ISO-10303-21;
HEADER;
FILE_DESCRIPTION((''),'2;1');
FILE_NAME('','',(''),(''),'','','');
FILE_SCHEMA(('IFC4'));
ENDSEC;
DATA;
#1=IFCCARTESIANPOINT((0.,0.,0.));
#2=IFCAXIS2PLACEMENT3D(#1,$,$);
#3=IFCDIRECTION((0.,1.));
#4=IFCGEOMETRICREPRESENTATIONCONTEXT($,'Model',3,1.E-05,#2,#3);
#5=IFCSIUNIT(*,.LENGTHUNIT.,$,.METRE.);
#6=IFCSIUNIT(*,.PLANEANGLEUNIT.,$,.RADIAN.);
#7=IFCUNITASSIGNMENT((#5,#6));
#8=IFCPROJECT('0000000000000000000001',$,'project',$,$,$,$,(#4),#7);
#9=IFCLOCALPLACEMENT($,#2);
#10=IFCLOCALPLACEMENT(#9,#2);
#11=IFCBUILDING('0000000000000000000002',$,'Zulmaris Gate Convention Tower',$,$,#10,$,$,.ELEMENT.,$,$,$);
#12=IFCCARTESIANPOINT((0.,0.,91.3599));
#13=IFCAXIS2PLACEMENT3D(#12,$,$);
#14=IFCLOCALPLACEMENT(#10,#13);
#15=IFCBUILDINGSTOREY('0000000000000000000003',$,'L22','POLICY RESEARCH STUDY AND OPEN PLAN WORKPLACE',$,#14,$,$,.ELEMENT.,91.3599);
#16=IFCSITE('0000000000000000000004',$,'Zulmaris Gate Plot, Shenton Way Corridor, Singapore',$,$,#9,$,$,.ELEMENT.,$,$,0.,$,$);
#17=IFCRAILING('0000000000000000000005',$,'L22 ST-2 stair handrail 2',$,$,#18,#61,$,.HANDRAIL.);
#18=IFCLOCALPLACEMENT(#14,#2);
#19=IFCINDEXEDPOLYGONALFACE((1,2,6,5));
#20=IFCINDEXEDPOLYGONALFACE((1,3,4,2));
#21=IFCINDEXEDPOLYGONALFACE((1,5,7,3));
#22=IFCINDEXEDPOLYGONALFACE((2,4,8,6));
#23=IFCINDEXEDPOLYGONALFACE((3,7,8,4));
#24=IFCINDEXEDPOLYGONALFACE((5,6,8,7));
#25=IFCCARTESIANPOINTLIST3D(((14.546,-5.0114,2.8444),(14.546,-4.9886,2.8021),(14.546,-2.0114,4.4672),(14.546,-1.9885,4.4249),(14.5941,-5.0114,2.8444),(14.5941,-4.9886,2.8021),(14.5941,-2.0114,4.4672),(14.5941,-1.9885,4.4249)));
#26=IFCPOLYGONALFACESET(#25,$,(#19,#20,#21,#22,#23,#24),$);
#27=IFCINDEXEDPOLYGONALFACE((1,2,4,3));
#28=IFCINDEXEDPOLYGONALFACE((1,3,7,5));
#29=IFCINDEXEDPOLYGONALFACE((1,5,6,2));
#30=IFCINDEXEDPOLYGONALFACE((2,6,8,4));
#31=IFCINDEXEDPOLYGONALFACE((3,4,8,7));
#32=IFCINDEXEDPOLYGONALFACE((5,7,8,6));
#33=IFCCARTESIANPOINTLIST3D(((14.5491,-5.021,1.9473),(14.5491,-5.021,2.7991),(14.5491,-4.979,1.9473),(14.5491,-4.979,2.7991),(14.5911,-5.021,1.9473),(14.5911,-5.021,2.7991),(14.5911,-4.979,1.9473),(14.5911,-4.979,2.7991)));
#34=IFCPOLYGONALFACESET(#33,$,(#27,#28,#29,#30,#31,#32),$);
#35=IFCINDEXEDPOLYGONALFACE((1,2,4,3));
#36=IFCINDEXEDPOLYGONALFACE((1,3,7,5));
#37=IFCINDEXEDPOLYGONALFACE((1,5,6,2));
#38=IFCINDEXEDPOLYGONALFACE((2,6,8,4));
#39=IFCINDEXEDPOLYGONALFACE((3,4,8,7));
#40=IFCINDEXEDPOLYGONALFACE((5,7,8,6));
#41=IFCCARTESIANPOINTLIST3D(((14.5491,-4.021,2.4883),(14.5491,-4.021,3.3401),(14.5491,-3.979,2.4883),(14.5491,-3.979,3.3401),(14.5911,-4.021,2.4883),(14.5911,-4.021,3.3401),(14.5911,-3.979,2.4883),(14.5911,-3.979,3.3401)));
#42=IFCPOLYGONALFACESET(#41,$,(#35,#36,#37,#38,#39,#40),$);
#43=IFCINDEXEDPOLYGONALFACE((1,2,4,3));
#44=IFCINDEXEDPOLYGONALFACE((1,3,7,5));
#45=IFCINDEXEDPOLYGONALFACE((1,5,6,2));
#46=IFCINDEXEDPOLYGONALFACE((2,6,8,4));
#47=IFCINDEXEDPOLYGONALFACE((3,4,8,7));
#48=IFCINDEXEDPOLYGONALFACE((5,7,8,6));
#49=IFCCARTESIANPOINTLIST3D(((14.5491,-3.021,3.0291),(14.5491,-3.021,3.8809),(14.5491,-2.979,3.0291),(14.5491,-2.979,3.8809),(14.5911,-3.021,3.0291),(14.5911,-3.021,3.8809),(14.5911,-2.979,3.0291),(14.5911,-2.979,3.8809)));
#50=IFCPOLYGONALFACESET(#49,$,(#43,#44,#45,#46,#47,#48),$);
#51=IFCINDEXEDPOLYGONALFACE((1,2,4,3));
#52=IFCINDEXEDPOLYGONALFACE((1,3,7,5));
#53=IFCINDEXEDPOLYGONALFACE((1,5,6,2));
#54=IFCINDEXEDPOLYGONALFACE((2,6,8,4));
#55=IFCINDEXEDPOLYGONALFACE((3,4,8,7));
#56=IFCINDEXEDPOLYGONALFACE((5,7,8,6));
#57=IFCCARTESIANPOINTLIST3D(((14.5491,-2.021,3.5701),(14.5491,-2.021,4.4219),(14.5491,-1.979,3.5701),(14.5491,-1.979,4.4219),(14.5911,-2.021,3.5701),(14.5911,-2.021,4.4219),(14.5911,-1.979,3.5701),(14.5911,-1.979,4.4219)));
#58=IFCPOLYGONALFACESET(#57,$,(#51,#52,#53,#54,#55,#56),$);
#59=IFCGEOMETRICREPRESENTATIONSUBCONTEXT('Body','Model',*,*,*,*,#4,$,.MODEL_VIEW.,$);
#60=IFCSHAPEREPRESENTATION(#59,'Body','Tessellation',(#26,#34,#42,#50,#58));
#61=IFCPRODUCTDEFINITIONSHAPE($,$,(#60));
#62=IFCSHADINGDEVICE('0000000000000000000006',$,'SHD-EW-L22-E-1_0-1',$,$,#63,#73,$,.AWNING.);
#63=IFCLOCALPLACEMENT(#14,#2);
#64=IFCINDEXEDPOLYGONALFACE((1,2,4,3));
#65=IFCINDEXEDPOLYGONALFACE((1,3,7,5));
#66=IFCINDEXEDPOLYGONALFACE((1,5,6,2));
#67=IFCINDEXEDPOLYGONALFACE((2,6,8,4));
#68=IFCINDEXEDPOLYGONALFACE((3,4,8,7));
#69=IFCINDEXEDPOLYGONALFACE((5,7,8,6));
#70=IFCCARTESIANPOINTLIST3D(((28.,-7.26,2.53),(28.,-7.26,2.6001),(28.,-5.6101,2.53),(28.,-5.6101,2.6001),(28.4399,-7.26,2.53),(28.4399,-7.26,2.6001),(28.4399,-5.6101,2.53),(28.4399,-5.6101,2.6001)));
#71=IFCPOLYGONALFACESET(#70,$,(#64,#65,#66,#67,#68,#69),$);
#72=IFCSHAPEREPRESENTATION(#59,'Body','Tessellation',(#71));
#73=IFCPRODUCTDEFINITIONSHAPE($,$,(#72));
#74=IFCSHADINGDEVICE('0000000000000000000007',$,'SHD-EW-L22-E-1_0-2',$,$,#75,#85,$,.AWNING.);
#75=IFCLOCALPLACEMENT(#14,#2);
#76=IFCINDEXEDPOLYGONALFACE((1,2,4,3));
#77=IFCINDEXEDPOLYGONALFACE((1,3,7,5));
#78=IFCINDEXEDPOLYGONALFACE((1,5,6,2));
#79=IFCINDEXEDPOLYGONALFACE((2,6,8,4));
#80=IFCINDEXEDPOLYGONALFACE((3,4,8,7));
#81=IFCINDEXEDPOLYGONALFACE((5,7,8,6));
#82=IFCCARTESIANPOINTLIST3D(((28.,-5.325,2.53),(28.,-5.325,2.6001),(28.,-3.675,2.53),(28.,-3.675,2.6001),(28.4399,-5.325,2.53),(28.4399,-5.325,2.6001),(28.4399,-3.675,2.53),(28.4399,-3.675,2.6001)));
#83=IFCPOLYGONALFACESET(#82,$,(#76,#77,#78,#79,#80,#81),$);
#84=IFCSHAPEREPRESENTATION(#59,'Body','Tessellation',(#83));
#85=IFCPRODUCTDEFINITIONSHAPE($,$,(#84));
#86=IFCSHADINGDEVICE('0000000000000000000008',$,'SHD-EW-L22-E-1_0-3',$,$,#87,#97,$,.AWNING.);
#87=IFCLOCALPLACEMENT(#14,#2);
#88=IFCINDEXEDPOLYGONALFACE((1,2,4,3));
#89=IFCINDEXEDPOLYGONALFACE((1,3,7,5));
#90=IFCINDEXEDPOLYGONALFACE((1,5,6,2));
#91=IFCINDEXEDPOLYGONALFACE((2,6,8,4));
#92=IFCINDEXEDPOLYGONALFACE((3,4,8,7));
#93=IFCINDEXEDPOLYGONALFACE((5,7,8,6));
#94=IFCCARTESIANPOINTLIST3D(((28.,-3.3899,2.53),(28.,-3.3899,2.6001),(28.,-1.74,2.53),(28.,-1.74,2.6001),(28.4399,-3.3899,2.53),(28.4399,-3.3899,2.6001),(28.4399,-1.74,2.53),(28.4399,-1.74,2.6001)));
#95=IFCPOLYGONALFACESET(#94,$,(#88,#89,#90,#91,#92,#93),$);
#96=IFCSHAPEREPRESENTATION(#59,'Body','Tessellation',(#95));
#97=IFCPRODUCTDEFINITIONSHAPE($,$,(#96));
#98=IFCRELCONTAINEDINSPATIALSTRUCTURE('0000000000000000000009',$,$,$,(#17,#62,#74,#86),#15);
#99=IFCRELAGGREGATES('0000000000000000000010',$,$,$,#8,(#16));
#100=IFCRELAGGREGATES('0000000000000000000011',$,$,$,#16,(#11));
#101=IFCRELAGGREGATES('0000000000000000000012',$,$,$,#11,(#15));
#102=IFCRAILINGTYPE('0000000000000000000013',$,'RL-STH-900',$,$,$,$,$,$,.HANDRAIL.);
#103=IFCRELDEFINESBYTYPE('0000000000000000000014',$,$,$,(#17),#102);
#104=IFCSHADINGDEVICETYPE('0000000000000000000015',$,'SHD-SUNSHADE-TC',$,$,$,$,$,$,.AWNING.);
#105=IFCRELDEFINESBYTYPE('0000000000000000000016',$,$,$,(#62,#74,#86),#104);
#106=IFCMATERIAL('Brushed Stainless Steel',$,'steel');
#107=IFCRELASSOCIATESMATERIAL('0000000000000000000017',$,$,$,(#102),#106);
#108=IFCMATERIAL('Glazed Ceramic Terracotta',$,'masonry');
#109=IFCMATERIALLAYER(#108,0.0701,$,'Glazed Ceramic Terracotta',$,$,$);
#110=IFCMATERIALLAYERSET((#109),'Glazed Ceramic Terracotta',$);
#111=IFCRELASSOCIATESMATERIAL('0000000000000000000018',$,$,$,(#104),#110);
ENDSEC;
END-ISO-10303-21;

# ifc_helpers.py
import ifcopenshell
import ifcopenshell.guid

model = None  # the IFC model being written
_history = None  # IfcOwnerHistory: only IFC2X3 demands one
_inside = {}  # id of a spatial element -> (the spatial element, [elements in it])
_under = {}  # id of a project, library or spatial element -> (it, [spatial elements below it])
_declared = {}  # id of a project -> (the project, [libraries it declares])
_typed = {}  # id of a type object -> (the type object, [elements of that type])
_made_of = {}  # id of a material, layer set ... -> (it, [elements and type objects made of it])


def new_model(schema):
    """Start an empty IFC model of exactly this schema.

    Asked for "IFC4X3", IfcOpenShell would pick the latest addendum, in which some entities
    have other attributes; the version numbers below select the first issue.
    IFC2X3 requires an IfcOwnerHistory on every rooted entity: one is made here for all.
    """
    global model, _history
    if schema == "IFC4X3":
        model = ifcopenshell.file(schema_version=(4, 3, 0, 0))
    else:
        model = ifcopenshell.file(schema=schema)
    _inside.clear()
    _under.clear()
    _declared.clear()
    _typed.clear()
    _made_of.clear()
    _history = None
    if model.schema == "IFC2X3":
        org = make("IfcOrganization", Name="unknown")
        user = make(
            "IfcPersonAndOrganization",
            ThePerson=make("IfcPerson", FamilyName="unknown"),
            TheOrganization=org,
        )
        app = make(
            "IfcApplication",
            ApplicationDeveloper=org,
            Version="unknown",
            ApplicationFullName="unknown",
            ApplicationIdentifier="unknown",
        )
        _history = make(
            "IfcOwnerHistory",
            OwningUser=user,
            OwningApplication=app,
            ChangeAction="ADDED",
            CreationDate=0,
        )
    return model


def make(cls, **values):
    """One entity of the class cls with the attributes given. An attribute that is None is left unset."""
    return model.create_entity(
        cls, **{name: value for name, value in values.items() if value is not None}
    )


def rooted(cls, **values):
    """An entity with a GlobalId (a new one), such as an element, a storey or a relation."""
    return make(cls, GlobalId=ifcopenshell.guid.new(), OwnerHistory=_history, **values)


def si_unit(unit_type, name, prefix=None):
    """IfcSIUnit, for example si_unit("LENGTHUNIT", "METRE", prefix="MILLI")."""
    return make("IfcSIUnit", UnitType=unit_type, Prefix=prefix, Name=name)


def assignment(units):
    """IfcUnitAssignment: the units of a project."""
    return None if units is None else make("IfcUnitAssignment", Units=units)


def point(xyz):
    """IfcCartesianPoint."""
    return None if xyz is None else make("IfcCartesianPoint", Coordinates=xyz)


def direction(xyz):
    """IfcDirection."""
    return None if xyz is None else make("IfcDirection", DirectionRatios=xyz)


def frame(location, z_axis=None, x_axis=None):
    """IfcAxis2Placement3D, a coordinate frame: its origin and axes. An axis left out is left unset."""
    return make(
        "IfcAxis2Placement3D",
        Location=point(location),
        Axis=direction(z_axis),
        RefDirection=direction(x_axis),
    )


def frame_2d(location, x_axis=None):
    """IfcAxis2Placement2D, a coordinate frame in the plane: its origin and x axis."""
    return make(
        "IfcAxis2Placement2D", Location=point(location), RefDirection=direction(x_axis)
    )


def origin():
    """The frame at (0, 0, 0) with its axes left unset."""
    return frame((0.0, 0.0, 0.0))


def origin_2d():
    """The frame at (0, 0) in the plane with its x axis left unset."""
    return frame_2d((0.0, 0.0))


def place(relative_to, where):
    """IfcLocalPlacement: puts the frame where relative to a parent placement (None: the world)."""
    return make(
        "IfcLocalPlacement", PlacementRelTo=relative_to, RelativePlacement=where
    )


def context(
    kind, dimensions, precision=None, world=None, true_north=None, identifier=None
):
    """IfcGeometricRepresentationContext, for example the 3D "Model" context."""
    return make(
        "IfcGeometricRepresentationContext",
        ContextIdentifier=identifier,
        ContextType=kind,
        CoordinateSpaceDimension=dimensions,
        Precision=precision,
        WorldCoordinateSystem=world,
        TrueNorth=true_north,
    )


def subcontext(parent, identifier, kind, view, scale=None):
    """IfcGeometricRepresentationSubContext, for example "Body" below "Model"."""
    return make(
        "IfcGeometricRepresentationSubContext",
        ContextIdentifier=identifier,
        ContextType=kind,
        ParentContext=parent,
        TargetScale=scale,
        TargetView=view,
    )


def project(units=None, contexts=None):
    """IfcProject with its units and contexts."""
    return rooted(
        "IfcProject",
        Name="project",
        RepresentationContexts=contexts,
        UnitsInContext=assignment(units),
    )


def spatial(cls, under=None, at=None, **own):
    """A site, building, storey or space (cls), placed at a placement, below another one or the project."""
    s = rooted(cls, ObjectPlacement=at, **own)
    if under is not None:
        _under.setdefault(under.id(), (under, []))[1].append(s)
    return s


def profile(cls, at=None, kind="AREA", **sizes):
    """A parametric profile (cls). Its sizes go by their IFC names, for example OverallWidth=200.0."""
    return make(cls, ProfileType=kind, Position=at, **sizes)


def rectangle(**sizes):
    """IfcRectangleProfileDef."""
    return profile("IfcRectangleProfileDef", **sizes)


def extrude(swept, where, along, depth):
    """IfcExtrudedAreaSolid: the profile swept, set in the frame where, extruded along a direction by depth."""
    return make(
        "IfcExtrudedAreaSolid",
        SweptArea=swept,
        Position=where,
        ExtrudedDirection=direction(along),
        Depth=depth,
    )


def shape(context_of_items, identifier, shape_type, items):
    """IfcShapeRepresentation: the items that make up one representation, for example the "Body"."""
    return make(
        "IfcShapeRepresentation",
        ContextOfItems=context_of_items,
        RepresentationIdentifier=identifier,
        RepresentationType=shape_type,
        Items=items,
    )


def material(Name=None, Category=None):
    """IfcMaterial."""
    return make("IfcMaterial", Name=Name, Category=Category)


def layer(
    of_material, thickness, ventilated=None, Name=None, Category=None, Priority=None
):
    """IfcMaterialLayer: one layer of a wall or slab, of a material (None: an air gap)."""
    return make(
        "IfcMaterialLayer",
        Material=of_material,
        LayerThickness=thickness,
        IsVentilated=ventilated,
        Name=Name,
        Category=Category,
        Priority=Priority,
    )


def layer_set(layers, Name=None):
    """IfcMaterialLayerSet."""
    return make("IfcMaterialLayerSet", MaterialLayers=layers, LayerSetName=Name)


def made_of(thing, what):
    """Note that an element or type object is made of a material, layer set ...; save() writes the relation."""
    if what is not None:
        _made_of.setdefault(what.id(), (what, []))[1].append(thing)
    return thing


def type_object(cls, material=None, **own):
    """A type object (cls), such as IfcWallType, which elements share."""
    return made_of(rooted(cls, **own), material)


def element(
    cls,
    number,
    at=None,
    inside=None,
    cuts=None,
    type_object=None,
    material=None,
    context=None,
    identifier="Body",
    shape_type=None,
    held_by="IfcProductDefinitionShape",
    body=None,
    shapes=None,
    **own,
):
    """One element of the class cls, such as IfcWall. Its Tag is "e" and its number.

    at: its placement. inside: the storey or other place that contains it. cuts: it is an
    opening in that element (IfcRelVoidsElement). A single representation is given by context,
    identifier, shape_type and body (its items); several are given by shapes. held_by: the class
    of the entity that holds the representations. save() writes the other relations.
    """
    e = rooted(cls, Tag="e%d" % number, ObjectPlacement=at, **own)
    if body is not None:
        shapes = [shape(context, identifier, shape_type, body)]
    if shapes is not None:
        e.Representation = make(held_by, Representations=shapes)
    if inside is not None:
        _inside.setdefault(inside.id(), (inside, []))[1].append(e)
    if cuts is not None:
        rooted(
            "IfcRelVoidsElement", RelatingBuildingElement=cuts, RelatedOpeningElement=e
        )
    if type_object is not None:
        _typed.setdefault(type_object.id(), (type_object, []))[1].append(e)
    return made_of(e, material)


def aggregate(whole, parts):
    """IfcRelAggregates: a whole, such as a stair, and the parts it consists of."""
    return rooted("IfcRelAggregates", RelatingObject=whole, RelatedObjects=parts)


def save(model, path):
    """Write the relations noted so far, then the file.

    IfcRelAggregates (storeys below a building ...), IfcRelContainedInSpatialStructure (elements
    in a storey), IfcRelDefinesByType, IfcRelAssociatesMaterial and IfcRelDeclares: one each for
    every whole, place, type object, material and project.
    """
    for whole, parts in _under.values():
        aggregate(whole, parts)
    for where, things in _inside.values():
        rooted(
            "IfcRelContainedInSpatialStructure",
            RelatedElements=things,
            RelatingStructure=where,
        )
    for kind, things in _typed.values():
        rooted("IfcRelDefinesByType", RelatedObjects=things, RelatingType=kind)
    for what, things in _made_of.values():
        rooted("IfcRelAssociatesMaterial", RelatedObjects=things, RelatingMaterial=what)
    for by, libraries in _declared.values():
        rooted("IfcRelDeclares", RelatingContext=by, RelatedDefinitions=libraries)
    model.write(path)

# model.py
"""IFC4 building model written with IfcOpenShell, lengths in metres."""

from ifc_helpers import new_model, si_unit, direction, frame, frame_2d, origin, origin_2d, place, context, subcontext, project, spatial, rectangle, extrude, material, layer, layer_set, type_object, element, save


model = new_model("IFC4")

# Units and contexts
model_context = context("Model", 3, precision=1e-05, world=origin(), true_north=direction((0.0, 1.0)))
body_context = subcontext(model_context, "Body", "Model", "MODEL_VIEW")
ifc_project = project(units=[si_unit("LENGTHUNIT", "METRE"), si_unit("PLANEANGLEUNIT", "RADIAN")], contexts=[model_context])

# Site, building, storey
site_placement = place(None, origin())
site = spatial("IfcSite", under=ifc_project, at=site_placement, Name="Zulmaris Gate Plot, Shenton Way Corridor, Singapore", CompositionType="ELEMENT", RefElevation=0.0)
building_placement = place(site_placement, origin())
building = spatial("IfcBuilding", under=site, at=building_placement, Name="Zulmaris Gate Convention Tower", CompositionType="ELEMENT")
storey_placement = place(building_placement, frame((0.0, 0.0, 91.3599)))
storey = spatial("IfcBuildingStorey", under=building, at=storey_placement, Name="L22", Description="POLICY RESEARCH STUDY AND OPEN PLAN WORKPLACE", CompositionType="ELEMENT", Elevation=91.3599)

# Shared definitions
ifc_material_1 = material(Name="Brushed Stainless Steel", Category="steel")

# Railing
railing_type_1 = type_object("IfcRailingType", Name="RL-STH-900", PredefinedType="HANDRAIL", material=ifc_material_1)
railing_1_placement = place(storey_placement, frame((14.5701, -5.0, 1.9473)))
element("IfcRailing", 1, at=railing_1_placement, inside=storey, type_object=railing_type_1, Name="L22 ST-2 stair handrail 2", PredefinedType="HANDRAIL", context=body_context, shape_type="SweptSolid", body=[
    extrude(rectangle(XDim=0.0481, YDim=0.0481, at=origin_2d()), frame((0.0, 0.0, 0.876), z_axis=(0.0, 0.879562, 0.475785), x_axis=(-1.0, 0.0, 0.0)), (0.0, 0.0, 1.0), 3.4109),
    extrude(rectangle(XDim=0.042, YDim=0.042, at=origin_2d()), origin(), (0.0, 0.0, 1.0), 0.8518),
    extrude(rectangle(XDim=0.042, YDim=0.042, at=origin_2d()), frame((0.0, 1.0, 0.541)), (0.0, 0.0, 1.0), 0.8518),
    extrude(rectangle(XDim=0.042, YDim=0.042, at=origin_2d()), frame((0.0, 2.0, 1.0818)), (0.0, 0.0, 1.0), 0.8518),
    extrude(rectangle(XDim=0.042, YDim=0.042, at=origin_2d()), frame((0.0, 3.0, 1.6228)), (0.0, 0.0, 1.0), 0.8518),
])

# Shading devices
ifc_material_2 = material(Name="Glazed Ceramic Terracotta", Category="masonry")
ifc_layer_1 = layer(ifc_material_2, 0.0701, Name="Glazed Ceramic Terracotta")
ifc_layer_set_1 = layer_set([ifc_layer_1], Name="Glazed Ceramic Terracotta")
shading_device_type = type_object("IfcShadingDeviceType", Name="SHD-SUNSHADE-TC", PredefinedType="AWNING", material=ifc_layer_set_1)
for number, where, z_axis, x_axis, name in (
    (2, (28.22, -7.26, 2.53), (0.0, 0.0, 1.0), (0.0, 1.0, 0.0), "SHD-EW-L22-E-1_0-1"),
    (3, (28.22, -5.325, 2.53), (0.0, 0.0, 1.0), (0.0, 1.0, 0.0), "SHD-EW-L22-E-1_0-2"),
    (4, (28.22, -3.3899, 2.53), (0.0, 0.0, 1.0), (0.0, 1.0, 0.0), "SHD-EW-L22-E-1_0-3"),
):
    element("IfcShadingDevice", number, at=place(storey_placement, frame(where, z_axis=z_axis, x_axis=x_axis)), inside=storey, type_object=shading_device_type, Name=name, PredefinedType="AWNING", context=body_context, shape_type="SweptSolid", body=[
        extrude(rectangle(XDim=1.6499, YDim=0.4399, at=frame_2d((0.825, 0.0))), origin(), (0.0, 0.0, 1.0), 0.0701),
    ])

save(model, "model.ifc")
